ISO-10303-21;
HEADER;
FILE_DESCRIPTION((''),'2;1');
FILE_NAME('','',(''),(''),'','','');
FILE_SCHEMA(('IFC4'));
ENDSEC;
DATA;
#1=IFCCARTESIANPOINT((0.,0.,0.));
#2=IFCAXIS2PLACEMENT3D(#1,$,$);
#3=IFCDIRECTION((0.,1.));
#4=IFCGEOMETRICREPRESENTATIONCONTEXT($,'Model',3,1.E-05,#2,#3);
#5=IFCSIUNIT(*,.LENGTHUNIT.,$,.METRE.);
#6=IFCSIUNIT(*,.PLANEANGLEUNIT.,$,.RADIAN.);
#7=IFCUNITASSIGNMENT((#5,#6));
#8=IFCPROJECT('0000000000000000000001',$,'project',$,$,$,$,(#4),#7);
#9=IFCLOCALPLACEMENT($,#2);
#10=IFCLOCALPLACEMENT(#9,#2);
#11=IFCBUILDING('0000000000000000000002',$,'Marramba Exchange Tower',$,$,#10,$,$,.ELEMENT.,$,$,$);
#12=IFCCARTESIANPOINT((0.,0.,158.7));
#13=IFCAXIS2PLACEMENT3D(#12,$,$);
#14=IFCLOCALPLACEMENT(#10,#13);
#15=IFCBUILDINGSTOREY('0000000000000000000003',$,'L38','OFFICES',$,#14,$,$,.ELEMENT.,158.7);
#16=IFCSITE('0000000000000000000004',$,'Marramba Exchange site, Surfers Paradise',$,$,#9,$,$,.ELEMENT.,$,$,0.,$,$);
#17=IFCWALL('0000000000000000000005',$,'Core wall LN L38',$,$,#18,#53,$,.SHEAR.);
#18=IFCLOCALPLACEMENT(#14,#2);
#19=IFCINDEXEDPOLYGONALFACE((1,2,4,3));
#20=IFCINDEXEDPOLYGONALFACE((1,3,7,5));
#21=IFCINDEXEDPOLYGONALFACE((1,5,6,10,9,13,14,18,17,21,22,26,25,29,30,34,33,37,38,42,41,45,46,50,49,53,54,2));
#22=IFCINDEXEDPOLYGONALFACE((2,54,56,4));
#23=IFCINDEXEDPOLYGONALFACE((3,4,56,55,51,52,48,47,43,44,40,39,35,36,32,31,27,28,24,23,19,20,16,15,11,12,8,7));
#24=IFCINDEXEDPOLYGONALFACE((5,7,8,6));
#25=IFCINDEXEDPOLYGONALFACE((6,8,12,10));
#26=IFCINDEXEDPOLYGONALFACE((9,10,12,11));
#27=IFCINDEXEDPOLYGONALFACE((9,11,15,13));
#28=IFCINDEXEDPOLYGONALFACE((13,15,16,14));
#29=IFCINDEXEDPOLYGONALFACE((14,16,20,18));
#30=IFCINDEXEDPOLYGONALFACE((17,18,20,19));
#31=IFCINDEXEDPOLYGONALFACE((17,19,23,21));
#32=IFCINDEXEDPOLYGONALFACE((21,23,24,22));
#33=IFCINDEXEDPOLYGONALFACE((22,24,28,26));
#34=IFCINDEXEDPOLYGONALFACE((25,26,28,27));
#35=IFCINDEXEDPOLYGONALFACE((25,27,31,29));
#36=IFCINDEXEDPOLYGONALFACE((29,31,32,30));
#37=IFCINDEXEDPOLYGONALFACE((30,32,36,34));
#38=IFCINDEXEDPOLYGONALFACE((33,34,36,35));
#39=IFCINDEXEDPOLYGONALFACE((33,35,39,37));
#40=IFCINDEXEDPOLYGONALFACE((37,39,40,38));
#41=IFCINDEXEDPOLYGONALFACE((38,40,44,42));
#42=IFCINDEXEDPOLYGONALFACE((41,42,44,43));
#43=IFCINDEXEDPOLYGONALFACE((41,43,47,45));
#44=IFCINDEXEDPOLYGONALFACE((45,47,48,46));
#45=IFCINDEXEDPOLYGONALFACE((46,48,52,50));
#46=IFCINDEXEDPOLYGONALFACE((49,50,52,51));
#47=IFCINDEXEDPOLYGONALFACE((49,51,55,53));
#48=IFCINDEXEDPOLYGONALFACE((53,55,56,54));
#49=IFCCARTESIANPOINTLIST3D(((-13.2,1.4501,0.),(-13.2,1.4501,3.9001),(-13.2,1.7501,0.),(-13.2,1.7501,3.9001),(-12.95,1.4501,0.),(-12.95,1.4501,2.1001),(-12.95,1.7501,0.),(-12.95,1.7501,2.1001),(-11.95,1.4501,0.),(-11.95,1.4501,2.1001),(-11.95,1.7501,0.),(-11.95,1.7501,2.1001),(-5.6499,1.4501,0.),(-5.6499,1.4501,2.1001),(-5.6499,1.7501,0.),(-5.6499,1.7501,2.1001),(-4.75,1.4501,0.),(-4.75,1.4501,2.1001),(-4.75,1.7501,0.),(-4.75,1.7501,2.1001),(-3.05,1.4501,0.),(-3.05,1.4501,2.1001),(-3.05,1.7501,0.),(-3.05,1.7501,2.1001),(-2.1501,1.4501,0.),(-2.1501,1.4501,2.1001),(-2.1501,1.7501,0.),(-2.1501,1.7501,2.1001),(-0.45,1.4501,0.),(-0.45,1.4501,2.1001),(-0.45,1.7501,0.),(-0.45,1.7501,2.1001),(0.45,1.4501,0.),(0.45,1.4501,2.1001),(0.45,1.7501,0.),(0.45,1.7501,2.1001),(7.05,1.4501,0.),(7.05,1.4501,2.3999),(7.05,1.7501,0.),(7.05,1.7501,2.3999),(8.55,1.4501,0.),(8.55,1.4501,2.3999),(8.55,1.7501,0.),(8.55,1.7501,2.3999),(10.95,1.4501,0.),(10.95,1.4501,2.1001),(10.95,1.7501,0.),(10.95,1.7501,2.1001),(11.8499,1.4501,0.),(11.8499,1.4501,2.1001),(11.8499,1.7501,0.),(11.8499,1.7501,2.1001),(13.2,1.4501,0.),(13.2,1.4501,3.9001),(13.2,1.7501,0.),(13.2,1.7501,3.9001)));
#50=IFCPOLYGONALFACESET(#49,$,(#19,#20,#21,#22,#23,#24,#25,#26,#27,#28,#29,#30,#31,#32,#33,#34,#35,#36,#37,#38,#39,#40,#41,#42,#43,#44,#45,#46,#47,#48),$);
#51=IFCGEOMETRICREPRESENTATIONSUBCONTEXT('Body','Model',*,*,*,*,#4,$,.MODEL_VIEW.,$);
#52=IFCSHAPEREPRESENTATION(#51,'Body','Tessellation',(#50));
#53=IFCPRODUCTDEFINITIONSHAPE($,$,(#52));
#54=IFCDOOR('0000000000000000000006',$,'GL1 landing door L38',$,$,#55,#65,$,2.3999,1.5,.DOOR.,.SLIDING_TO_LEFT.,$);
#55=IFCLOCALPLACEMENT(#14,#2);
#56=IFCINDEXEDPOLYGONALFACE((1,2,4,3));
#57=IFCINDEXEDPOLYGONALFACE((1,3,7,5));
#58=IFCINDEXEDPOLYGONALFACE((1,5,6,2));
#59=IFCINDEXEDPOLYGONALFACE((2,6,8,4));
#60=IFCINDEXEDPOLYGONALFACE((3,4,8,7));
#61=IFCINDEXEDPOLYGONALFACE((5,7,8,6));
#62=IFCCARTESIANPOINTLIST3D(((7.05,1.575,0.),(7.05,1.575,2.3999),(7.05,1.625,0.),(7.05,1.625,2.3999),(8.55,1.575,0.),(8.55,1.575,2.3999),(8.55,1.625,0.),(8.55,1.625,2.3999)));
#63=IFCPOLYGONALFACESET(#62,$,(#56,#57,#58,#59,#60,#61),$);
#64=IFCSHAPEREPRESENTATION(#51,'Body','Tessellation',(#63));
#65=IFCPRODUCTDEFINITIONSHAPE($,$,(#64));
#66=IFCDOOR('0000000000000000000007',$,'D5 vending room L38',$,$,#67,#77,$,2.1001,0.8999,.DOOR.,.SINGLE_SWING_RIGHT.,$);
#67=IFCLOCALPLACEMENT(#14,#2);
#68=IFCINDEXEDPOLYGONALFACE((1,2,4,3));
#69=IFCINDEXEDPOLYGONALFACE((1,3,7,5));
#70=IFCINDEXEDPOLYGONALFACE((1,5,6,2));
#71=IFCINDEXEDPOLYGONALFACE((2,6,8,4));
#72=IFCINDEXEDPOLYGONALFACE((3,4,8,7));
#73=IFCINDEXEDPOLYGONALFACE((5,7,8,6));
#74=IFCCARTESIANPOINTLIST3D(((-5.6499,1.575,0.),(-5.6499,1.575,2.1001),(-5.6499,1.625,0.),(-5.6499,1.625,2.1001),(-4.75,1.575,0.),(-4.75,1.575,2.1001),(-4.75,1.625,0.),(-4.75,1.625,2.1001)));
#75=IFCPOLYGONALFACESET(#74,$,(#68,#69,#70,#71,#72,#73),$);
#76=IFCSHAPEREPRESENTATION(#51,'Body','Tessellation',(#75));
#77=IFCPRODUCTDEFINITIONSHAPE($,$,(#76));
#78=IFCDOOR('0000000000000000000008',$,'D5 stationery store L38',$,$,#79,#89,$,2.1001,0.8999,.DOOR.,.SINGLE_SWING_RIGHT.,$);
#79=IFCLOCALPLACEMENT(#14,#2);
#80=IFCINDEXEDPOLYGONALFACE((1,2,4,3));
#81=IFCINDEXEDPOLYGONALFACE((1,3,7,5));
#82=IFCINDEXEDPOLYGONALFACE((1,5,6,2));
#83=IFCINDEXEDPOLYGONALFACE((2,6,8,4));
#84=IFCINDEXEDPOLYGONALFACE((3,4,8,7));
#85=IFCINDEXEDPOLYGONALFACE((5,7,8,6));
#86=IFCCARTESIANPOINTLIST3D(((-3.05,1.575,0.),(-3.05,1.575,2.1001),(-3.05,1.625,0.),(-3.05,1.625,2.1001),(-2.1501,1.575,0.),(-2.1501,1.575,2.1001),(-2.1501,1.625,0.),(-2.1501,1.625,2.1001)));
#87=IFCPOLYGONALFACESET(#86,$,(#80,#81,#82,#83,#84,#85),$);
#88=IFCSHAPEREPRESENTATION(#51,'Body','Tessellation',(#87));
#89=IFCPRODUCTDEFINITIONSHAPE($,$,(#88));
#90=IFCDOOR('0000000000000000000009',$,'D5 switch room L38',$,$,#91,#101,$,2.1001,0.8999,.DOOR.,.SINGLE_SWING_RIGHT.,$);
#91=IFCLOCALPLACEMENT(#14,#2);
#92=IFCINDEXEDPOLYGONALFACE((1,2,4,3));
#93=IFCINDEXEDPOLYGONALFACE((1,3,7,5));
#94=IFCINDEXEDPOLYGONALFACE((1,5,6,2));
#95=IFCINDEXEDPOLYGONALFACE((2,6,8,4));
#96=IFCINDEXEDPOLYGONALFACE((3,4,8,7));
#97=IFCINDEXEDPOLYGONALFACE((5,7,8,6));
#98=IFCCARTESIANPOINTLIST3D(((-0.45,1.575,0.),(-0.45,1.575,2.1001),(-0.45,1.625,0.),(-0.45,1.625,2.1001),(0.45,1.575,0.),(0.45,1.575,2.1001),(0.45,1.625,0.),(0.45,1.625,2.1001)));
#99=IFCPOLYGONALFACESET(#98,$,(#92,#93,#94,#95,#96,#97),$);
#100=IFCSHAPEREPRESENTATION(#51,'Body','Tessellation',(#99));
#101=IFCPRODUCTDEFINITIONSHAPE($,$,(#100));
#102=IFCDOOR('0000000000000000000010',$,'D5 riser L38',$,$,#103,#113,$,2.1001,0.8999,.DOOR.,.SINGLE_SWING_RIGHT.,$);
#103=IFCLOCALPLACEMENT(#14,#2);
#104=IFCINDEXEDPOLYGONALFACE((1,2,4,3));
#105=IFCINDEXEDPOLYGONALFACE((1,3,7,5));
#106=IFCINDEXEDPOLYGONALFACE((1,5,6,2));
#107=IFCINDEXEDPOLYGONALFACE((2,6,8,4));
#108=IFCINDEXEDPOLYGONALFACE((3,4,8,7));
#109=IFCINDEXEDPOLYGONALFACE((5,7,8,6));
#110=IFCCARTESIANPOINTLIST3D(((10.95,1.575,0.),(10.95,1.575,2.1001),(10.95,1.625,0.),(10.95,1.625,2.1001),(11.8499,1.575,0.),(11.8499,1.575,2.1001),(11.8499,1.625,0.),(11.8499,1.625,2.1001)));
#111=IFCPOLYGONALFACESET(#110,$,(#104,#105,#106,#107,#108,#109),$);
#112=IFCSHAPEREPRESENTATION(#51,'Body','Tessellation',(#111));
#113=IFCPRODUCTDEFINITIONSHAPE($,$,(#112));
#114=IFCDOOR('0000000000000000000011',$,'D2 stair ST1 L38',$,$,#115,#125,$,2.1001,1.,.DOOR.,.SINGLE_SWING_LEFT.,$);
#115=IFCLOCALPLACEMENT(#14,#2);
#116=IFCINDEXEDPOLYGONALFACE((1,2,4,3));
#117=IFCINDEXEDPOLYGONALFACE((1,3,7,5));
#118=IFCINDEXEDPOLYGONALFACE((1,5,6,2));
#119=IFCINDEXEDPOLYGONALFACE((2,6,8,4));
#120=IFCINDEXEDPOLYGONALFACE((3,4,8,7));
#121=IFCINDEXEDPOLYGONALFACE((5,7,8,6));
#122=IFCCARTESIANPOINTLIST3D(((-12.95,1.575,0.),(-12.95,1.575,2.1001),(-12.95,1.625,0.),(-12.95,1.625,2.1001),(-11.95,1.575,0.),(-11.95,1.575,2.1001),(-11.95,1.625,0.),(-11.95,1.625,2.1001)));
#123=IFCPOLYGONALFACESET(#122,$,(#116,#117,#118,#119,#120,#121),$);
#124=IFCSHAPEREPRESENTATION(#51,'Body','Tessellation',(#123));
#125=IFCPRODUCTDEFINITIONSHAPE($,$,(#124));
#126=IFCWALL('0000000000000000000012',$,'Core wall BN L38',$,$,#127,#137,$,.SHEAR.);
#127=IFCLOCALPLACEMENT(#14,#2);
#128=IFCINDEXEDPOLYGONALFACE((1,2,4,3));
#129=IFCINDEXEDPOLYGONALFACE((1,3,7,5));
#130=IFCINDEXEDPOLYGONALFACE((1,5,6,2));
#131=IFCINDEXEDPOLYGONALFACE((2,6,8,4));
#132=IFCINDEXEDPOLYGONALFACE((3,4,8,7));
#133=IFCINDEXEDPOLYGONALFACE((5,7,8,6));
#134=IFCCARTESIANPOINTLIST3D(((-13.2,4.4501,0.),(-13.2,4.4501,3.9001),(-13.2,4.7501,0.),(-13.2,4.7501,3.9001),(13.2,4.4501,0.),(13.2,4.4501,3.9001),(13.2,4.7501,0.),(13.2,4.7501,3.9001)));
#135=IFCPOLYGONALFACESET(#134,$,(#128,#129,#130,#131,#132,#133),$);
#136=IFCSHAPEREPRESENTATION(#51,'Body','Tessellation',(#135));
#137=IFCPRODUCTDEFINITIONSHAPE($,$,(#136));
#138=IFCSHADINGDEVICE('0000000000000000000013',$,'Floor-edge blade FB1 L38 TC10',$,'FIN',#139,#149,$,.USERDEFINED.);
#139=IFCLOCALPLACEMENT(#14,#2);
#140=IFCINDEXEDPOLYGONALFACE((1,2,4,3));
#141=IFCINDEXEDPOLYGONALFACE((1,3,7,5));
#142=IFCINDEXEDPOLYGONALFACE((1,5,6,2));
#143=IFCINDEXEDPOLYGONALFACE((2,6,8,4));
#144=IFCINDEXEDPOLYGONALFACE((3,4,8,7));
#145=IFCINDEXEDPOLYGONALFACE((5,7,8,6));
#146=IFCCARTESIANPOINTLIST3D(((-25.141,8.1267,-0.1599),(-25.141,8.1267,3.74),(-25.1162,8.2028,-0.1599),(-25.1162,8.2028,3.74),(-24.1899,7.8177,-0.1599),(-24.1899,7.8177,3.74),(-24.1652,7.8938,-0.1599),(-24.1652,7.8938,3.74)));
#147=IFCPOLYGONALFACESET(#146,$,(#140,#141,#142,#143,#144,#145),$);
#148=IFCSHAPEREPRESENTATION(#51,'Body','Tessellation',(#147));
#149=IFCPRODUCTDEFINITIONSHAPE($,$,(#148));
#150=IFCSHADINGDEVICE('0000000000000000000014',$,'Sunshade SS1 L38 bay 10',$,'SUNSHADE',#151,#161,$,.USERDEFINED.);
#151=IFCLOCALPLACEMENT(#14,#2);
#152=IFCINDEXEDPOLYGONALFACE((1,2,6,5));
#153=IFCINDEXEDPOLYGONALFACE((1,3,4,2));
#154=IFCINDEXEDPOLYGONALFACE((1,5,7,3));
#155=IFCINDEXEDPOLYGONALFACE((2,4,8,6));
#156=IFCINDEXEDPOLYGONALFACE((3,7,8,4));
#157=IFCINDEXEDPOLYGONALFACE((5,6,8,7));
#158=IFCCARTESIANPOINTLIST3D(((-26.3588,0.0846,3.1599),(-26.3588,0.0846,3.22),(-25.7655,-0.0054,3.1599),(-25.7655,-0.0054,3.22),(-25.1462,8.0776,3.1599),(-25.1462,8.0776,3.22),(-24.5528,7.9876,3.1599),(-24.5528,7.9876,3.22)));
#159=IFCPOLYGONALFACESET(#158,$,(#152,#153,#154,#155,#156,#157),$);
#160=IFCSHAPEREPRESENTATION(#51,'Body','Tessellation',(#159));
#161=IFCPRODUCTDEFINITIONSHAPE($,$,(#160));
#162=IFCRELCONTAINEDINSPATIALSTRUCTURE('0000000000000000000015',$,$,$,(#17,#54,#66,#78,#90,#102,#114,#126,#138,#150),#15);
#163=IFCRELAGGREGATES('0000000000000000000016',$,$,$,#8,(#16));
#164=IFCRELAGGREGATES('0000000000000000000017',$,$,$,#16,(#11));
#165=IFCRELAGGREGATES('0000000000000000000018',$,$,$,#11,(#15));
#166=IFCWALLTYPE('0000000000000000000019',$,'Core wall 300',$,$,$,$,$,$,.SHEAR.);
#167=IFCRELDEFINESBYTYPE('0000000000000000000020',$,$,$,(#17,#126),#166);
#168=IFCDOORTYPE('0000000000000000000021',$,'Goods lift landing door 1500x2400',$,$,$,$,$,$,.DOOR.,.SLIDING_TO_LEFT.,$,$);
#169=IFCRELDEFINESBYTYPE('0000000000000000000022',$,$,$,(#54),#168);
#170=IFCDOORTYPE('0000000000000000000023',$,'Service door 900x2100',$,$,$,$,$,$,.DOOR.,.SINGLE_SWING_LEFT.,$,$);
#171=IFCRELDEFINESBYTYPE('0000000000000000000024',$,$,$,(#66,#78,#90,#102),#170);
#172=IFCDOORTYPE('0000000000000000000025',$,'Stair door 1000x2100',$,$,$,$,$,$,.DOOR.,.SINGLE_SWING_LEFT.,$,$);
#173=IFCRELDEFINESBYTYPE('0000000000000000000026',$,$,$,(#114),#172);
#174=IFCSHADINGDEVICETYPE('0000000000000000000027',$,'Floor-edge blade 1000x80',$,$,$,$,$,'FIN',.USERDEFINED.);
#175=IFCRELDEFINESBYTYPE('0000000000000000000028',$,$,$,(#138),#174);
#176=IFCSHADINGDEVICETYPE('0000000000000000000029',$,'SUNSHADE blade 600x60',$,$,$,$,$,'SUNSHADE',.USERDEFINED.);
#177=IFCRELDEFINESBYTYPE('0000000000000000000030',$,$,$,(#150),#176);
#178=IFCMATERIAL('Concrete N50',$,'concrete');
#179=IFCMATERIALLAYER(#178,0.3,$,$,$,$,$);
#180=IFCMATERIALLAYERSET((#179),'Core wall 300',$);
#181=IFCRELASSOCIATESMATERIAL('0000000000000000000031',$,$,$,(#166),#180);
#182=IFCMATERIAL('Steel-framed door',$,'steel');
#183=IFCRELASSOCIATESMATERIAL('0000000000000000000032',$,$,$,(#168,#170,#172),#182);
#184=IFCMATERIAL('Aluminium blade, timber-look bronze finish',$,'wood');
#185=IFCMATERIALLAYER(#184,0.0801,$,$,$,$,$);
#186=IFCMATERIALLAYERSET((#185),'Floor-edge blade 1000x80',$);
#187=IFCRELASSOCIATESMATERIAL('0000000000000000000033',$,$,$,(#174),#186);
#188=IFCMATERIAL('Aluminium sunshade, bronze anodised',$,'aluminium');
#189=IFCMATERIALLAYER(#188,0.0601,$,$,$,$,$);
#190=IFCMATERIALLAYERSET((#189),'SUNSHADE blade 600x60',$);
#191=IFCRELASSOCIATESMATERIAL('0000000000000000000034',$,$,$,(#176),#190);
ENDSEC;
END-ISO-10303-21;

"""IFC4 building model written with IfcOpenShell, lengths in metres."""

from ifc_helpers import new_model, si_unit, direction, frame, frame_2d, origin, origin_2d, place, context, subcontext, project, spatial, rectangle, extrude, material, layer, layer_set, type_object, element, fill, save


model = new_model("IFC4")

# Units and contexts
model_context = context("Model", 3, precision=1e-05, world=origin(), true_north=direction((0.0, 1.0)))
body_context = subcontext(model_context, "Body", "Model", "MODEL_VIEW")
ifc_project = project(units=[si_unit("LENGTHUNIT", "METRE"), si_unit("PLANEANGLEUNIT", "RADIAN")], contexts=[model_context])

# Site, building, storey
site_placement = place(None, origin())
site = spatial("IfcSite", under=ifc_project, at=site_placement, Name="Marramba Exchange site, Surfers Paradise", CompositionType="ELEMENT", RefElevation=0.0)
building_placement = place(site_placement, origin())
building = spatial("IfcBuilding", under=site, at=building_placement, Name="Marramba Exchange Tower", CompositionType="ELEMENT")
storey_placement = place(building_placement, frame((0.0, 0.0, 158.7)))
storey = spatial("IfcBuildingStorey", under=building, at=storey_placement, Name="L38", Description="OFFICES", CompositionType="ELEMENT", Elevation=158.7)

# Shared definitions
ifc_material_1 = material(Name="Concrete N50", Category="concrete")

# Shared definitions
ifc_material_2 = material(Name="Steel-framed door", Category="steel")

# Wall, openings, doors
ifc_layer_1 = layer(ifc_material_1, 0.3)
ifc_layer_set_1 = layer_set([ifc_layer_1], Name="Core wall 300")
wall_type_1 = type_object("IfcWallType", Name="Core wall 300", PredefinedType="SHEAR", material=ifc_layer_set_1)
wall_1_placement = place(storey_placement, frame((-13.2, 1.6001, 0.0), z_axis=(0.0, 0.0, 1.0), x_axis=(1.0, 0.0, 0.0)))
wall_1 = element("IfcWall", 1, at=wall_1_placement, inside=storey, type_object=wall_type_1, Name="Core wall LN L38", PredefinedType="SHEAR", context=body_context, shape_type="SweptSolid", body=[
    extrude(rectangle(XDim=26.3999, YDim=0.3, at=frame_2d((13.2, 0.0))), origin(), (0.0, 0.0, 1.0), 3.9001),
])
opening_1_placement = place(wall_1_placement, frame((0.25, 0.0, 0.0)))
opening_1 = element("IfcOpeningElement", 2, at=opening_1_placement, cuts=wall_1, PredefinedType="OPENING", context=body_context, shape_type="SweptSolid", body=[
    extrude(rectangle(XDim=1.0, YDim=2.1001, at=frame_2d((0.5, 1.05))), frame((0.0, 0.1599, 0.0), z_axis=(0.0, -1.0, 0.0), x_axis=(1.0, 0.0, 0.0)), (0.0, 0.0, 1.0), 0.3201),
])
opening_2_placement = place(wall_1_placement, frame((20.25, 0.0, 0.0)))
opening_2 = element("IfcOpeningElement", 3, at=opening_2_placement, cuts=wall_1, PredefinedType="OPENING", context=body_context, shape_type="SweptSolid", body=[
    extrude(rectangle(XDim=1.5, YDim=2.3999, at=frame_2d((0.75, 1.2))), frame((0.0, 0.1599, 0.0), z_axis=(0.0, -1.0, 0.0), x_axis=(1.0, 0.0, 0.0)), (0.0, 0.0, 1.0), 0.3201),
])
opening_3_placement = place(wall_1_placement, frame((7.55, 0.0, 0.0)))
opening_3 = element("IfcOpeningElement", 4, at=opening_3_placement, cuts=wall_1, PredefinedType="OPENING", context=body_context, shape_type="SweptSolid", body=[
    extrude(rectangle(XDim=0.8999, YDim=2.1001, at=frame_2d((0.45, 1.05))), frame((0.0, 0.1599, 0.0), z_axis=(0.0, -1.0, 0.0), x_axis=(1.0, 0.0, 0.0)), (0.0, 0.0, 1.0), 0.3201),
])
opening_4_placement = place(wall_1_placement, frame((10.1499, 0.0, 0.0)))
opening_4 = element("IfcOpeningElement", 5, at=opening_4_placement, cuts=wall_1, PredefinedType="OPENING", context=body_context, shape_type="SweptSolid", body=[
    extrude(rectangle(XDim=0.8999, YDim=2.1001, at=frame_2d((0.45, 1.05))), frame((0.0, 0.1599, 0.0), z_axis=(0.0, -1.0, 0.0), x_axis=(1.0, 0.0, 0.0)), (0.0, 0.0, 1.0), 0.3201),
])
opening_5_placement = place(wall_1_placement, frame((12.75, 0.0, 0.0)))
opening_5 = element("IfcOpeningElement", 6, at=opening_5_placement, cuts=wall_1, PredefinedType="OPENING", context=body_context, shape_type="SweptSolid", body=[
    extrude(rectangle(XDim=0.8999, YDim=2.1001, at=frame_2d((0.45, 1.05))), frame((0.0, 0.1599, 0.0), z_axis=(0.0, -1.0, 0.0), x_axis=(1.0, 0.0, 0.0)), (0.0, 0.0, 1.0), 0.3201),
])
opening_6_placement = place(wall_1_placement, frame((24.1499, 0.0, 0.0)))
opening_6 = element("IfcOpeningElement", 7, at=opening_6_placement, cuts=wall_1, PredefinedType="OPENING", context=body_context, shape_type="SweptSolid", body=[
    extrude(rectangle(XDim=0.8999, YDim=2.1001, at=frame_2d((0.45, 1.05))), frame((0.0, 0.1599, 0.0), z_axis=(0.0, -1.0, 0.0), x_axis=(1.0, 0.0, 0.0)), (0.0, 0.0, 1.0), 0.3201),
])
door_type_1 = type_object("IfcDoorType", Name="Goods lift landing door 1500x2400", OperationType="SLIDING_TO_LEFT", PredefinedType="DOOR", material=ifc_material_2)
door_1_placement = place(opening_2_placement, origin())
door_1 = element("IfcDoor", 8, at=door_1_placement, inside=storey, type_object=door_type_1, Name="GL1 landing door L38", OperationType="SLIDING_TO_LEFT", OverallHeight=2.3999, OverallWidth=1.5, PredefinedType="DOOR", context=body_context, shape_type="SweptSolid", body=[
    extrude(rectangle(XDim=1.5, YDim=2.3999, at=frame_2d((0.75, 1.2))), frame((0.0, 0.0249, 0.0), z_axis=(0.0, -1.0, 0.0), x_axis=(1.0, 0.0, 0.0)), (0.0, 0.0, 1.0), 0.05),
])
fill(opening_2, door_1)
door_type_2 = type_object("IfcDoorType", Name="Service door 900x2100", OperationType="SINGLE_SWING_LEFT", PredefinedType="DOOR", material=ifc_material_2)
door_2_placement = place(opening_3_placement, origin())
door_2 = element("IfcDoor", 9, at=door_2_placement, inside=storey, type_object=door_type_2, Name="D5 vending room L38", OperationType="SINGLE_SWING_RIGHT", OverallHeight=2.1001, OverallWidth=0.8999, PredefinedType="DOOR", context=body_context, shape_type="SweptSolid", body=[
    extrude(rectangle(XDim=0.8999, YDim=2.1001, at=frame_2d((0.45, 1.05))), frame((0.0, 0.0249, 0.0), z_axis=(0.0, -1.0, 0.0), x_axis=(1.0, 0.0, 0.0)), (0.0, 0.0, 1.0), 0.05),
])
fill(opening_3, door_2)
door_3_placement = place(opening_4_placement, origin())
door_3 = element("IfcDoor", 10, at=door_3_placement, inside=storey, type_object=door_type_2, Name="D5 stationery store L38", OperationType="SINGLE_SWING_RIGHT", OverallHeight=2.1001, OverallWidth=0.8999, PredefinedType="DOOR", context=body_context, shape_type="SweptSolid", body=[
    extrude(rectangle(XDim=0.8999, YDim=2.1001, at=frame_2d((0.45, 1.05))), frame((0.0, 0.0249, 0.0), z_axis=(0.0, -1.0, 0.0), x_axis=(1.0, 0.0, 0.0)), (0.0, 0.0, 1.0), 0.05),
])
fill(opening_4, door_3)
door_4_placement = place(opening_5_placement, origin())
door_4 = element("IfcDoor", 11, at=door_4_placement, inside=storey, type_object=door_type_2, Name="D5 switch room L38", OperationType="SINGLE_SWING_RIGHT", OverallHeight=2.1001, OverallWidth=0.8999, PredefinedType="DOOR", context=body_context, shape_type="SweptSolid", body=[
    extrude(rectangle(XDim=0.8999, YDim=2.1001, at=frame_2d((0.45, 1.05))), frame((0.0, 0.0249, 0.0), z_axis=(0.0, -1.0, 0.0), x_axis=(1.0, 0.0, 0.0)), (0.0, 0.0, 1.0), 0.05),
])
fill(opening_5, door_4)
door_5_placement = place(opening_6_placement, origin())
door_5 = element("IfcDoor", 12, at=door_5_placement, inside=storey, type_object=door_type_2, Name="D5 riser L38", OperationType="SINGLE_SWING_RIGHT", OverallHeight=2.1001, OverallWidth=0.8999, PredefinedType="DOOR", context=body_context, shape_type="SweptSolid", body=[
    extrude(rectangle(XDim=0.8999, YDim=2.1001, at=frame_2d((0.45, 1.05))), frame((0.0, 0.0249, 0.0), z_axis=(0.0, -1.0, 0.0), x_axis=(1.0, 0.0, 0.0)), (0.0, 0.0, 1.0), 0.05),
])
fill(opening_6, door_5)
door_type_3 = type_object("IfcDoorType", Name="Stair door 1000x2100", OperationType="SINGLE_SWING_LEFT", PredefinedType="DOOR", material=ifc_material_2)
door_6_placement = place(opening_1_placement, origin())
door_6 = element("IfcDoor", 13, at=door_6_placement, inside=storey, type_object=door_type_3, Name="D2 stair ST1 L38", OperationType="SINGLE_SWING_LEFT", OverallHeight=2.1001, OverallWidth=1.0, PredefinedType="DOOR", context=body_context, shape_type="SweptSolid", body=[
    extrude(rectangle(XDim=1.0, YDim=2.1001, at=frame_2d((0.5, 1.05))), frame((0.0, 0.0249, 0.0), z_axis=(0.0, -1.0, 0.0), x_axis=(1.0, 0.0, 0.0)), (0.0, 0.0, 1.0), 0.05),
])
fill(opening_1, door_6)

# Wall
wall_2_placement = place(storey_placement, frame((-13.2, 4.6001, 0.0), z_axis=(0.0, 0.0, 1.0), x_axis=(1.0, 0.0, 0.0)))
element("IfcWall", 14, at=wall_2_placement, inside=storey, type_object=wall_type_1, Name="Core wall BN L38", PredefinedType="SHEAR", context=body_context, shape_type="SweptSolid", body=[
    extrude(rectangle(XDim=26.3999, YDim=0.3, at=frame_2d((13.2, 0.0))), origin(), (0.0, 0.0, 1.0), 3.9001),
])

# Shading devices
ifc_material_3 = material(Name="Aluminium blade, timber-look bronze finish", Category="wood")
ifc_layer_2 = layer(ifc_material_3, 0.0801)
ifc_layer_set_2 = layer_set([ifc_layer_2], Name="Floor-edge blade 1000x80")
shading_device_type_1 = type_object("IfcShadingDeviceType", Name="Floor-edge blade 1000x80", ElementType="FIN", PredefinedType="USERDEFINED", material=ifc_layer_set_2)
shading_device_1_placement = place(storey_placement, frame((-24.6531, 8.0103, -0.1599), z_axis=(0.0, 0.0, 1.0), x_axis=(-0.951057, 0.309017, 0.0)))
element("IfcShadingDevice", 15, at=shading_device_1_placement, inside=storey, type_object=shading_device_type_1, Name="Floor-edge blade FB1 L38 TC10", ObjectType="FIN", PredefinedType="USERDEFINED", context=body_context, shape_type="SweptSolid", body=[
    extrude(rectangle(XDim=1.0, YDim=0.0801, at=origin_2d()), origin(), (0.0, 0.0, 1.0), 3.8999),
])
ifc_material_4 = material(Name="Aluminium sunshade, bronze anodised", Category="aluminium")
ifc_layer_3 = layer(ifc_material_4, 0.0601)
ifc_layer_set_3 = layer_set([ifc_layer_3], Name="SUNSHADE blade 600x60")
shading_device_type_2 = type_object("IfcShadingDeviceType", Name="SUNSHADE blade 600x60", ElementType="SUNSHADE", PredefinedType="USERDEFINED", material=ifc_layer_set_3)
shading_device_2_placement = place(storey_placement, frame((-25.4558, 4.0361, 3.1599), z_axis=(0.0, 0.0, 1.0), x_axis=(-0.149993, -0.988687, 0.0)))
element("IfcShadingDevice", 16, at=shading_device_2_placement, inside=storey, type_object=shading_device_type_2, Name="Sunshade SS1 L38 bay 10", ObjectType="SUNSHADE", PredefinedType="USERDEFINED", context=body_context, shape_type="SweptSolid", body=[
    extrude(rectangle(XDim=8.0845, YDim=0.6001, at=origin_2d()), origin(), (0.0, 0.0, 1.0), 0.0601),
])

save(model, "model.ifc")
